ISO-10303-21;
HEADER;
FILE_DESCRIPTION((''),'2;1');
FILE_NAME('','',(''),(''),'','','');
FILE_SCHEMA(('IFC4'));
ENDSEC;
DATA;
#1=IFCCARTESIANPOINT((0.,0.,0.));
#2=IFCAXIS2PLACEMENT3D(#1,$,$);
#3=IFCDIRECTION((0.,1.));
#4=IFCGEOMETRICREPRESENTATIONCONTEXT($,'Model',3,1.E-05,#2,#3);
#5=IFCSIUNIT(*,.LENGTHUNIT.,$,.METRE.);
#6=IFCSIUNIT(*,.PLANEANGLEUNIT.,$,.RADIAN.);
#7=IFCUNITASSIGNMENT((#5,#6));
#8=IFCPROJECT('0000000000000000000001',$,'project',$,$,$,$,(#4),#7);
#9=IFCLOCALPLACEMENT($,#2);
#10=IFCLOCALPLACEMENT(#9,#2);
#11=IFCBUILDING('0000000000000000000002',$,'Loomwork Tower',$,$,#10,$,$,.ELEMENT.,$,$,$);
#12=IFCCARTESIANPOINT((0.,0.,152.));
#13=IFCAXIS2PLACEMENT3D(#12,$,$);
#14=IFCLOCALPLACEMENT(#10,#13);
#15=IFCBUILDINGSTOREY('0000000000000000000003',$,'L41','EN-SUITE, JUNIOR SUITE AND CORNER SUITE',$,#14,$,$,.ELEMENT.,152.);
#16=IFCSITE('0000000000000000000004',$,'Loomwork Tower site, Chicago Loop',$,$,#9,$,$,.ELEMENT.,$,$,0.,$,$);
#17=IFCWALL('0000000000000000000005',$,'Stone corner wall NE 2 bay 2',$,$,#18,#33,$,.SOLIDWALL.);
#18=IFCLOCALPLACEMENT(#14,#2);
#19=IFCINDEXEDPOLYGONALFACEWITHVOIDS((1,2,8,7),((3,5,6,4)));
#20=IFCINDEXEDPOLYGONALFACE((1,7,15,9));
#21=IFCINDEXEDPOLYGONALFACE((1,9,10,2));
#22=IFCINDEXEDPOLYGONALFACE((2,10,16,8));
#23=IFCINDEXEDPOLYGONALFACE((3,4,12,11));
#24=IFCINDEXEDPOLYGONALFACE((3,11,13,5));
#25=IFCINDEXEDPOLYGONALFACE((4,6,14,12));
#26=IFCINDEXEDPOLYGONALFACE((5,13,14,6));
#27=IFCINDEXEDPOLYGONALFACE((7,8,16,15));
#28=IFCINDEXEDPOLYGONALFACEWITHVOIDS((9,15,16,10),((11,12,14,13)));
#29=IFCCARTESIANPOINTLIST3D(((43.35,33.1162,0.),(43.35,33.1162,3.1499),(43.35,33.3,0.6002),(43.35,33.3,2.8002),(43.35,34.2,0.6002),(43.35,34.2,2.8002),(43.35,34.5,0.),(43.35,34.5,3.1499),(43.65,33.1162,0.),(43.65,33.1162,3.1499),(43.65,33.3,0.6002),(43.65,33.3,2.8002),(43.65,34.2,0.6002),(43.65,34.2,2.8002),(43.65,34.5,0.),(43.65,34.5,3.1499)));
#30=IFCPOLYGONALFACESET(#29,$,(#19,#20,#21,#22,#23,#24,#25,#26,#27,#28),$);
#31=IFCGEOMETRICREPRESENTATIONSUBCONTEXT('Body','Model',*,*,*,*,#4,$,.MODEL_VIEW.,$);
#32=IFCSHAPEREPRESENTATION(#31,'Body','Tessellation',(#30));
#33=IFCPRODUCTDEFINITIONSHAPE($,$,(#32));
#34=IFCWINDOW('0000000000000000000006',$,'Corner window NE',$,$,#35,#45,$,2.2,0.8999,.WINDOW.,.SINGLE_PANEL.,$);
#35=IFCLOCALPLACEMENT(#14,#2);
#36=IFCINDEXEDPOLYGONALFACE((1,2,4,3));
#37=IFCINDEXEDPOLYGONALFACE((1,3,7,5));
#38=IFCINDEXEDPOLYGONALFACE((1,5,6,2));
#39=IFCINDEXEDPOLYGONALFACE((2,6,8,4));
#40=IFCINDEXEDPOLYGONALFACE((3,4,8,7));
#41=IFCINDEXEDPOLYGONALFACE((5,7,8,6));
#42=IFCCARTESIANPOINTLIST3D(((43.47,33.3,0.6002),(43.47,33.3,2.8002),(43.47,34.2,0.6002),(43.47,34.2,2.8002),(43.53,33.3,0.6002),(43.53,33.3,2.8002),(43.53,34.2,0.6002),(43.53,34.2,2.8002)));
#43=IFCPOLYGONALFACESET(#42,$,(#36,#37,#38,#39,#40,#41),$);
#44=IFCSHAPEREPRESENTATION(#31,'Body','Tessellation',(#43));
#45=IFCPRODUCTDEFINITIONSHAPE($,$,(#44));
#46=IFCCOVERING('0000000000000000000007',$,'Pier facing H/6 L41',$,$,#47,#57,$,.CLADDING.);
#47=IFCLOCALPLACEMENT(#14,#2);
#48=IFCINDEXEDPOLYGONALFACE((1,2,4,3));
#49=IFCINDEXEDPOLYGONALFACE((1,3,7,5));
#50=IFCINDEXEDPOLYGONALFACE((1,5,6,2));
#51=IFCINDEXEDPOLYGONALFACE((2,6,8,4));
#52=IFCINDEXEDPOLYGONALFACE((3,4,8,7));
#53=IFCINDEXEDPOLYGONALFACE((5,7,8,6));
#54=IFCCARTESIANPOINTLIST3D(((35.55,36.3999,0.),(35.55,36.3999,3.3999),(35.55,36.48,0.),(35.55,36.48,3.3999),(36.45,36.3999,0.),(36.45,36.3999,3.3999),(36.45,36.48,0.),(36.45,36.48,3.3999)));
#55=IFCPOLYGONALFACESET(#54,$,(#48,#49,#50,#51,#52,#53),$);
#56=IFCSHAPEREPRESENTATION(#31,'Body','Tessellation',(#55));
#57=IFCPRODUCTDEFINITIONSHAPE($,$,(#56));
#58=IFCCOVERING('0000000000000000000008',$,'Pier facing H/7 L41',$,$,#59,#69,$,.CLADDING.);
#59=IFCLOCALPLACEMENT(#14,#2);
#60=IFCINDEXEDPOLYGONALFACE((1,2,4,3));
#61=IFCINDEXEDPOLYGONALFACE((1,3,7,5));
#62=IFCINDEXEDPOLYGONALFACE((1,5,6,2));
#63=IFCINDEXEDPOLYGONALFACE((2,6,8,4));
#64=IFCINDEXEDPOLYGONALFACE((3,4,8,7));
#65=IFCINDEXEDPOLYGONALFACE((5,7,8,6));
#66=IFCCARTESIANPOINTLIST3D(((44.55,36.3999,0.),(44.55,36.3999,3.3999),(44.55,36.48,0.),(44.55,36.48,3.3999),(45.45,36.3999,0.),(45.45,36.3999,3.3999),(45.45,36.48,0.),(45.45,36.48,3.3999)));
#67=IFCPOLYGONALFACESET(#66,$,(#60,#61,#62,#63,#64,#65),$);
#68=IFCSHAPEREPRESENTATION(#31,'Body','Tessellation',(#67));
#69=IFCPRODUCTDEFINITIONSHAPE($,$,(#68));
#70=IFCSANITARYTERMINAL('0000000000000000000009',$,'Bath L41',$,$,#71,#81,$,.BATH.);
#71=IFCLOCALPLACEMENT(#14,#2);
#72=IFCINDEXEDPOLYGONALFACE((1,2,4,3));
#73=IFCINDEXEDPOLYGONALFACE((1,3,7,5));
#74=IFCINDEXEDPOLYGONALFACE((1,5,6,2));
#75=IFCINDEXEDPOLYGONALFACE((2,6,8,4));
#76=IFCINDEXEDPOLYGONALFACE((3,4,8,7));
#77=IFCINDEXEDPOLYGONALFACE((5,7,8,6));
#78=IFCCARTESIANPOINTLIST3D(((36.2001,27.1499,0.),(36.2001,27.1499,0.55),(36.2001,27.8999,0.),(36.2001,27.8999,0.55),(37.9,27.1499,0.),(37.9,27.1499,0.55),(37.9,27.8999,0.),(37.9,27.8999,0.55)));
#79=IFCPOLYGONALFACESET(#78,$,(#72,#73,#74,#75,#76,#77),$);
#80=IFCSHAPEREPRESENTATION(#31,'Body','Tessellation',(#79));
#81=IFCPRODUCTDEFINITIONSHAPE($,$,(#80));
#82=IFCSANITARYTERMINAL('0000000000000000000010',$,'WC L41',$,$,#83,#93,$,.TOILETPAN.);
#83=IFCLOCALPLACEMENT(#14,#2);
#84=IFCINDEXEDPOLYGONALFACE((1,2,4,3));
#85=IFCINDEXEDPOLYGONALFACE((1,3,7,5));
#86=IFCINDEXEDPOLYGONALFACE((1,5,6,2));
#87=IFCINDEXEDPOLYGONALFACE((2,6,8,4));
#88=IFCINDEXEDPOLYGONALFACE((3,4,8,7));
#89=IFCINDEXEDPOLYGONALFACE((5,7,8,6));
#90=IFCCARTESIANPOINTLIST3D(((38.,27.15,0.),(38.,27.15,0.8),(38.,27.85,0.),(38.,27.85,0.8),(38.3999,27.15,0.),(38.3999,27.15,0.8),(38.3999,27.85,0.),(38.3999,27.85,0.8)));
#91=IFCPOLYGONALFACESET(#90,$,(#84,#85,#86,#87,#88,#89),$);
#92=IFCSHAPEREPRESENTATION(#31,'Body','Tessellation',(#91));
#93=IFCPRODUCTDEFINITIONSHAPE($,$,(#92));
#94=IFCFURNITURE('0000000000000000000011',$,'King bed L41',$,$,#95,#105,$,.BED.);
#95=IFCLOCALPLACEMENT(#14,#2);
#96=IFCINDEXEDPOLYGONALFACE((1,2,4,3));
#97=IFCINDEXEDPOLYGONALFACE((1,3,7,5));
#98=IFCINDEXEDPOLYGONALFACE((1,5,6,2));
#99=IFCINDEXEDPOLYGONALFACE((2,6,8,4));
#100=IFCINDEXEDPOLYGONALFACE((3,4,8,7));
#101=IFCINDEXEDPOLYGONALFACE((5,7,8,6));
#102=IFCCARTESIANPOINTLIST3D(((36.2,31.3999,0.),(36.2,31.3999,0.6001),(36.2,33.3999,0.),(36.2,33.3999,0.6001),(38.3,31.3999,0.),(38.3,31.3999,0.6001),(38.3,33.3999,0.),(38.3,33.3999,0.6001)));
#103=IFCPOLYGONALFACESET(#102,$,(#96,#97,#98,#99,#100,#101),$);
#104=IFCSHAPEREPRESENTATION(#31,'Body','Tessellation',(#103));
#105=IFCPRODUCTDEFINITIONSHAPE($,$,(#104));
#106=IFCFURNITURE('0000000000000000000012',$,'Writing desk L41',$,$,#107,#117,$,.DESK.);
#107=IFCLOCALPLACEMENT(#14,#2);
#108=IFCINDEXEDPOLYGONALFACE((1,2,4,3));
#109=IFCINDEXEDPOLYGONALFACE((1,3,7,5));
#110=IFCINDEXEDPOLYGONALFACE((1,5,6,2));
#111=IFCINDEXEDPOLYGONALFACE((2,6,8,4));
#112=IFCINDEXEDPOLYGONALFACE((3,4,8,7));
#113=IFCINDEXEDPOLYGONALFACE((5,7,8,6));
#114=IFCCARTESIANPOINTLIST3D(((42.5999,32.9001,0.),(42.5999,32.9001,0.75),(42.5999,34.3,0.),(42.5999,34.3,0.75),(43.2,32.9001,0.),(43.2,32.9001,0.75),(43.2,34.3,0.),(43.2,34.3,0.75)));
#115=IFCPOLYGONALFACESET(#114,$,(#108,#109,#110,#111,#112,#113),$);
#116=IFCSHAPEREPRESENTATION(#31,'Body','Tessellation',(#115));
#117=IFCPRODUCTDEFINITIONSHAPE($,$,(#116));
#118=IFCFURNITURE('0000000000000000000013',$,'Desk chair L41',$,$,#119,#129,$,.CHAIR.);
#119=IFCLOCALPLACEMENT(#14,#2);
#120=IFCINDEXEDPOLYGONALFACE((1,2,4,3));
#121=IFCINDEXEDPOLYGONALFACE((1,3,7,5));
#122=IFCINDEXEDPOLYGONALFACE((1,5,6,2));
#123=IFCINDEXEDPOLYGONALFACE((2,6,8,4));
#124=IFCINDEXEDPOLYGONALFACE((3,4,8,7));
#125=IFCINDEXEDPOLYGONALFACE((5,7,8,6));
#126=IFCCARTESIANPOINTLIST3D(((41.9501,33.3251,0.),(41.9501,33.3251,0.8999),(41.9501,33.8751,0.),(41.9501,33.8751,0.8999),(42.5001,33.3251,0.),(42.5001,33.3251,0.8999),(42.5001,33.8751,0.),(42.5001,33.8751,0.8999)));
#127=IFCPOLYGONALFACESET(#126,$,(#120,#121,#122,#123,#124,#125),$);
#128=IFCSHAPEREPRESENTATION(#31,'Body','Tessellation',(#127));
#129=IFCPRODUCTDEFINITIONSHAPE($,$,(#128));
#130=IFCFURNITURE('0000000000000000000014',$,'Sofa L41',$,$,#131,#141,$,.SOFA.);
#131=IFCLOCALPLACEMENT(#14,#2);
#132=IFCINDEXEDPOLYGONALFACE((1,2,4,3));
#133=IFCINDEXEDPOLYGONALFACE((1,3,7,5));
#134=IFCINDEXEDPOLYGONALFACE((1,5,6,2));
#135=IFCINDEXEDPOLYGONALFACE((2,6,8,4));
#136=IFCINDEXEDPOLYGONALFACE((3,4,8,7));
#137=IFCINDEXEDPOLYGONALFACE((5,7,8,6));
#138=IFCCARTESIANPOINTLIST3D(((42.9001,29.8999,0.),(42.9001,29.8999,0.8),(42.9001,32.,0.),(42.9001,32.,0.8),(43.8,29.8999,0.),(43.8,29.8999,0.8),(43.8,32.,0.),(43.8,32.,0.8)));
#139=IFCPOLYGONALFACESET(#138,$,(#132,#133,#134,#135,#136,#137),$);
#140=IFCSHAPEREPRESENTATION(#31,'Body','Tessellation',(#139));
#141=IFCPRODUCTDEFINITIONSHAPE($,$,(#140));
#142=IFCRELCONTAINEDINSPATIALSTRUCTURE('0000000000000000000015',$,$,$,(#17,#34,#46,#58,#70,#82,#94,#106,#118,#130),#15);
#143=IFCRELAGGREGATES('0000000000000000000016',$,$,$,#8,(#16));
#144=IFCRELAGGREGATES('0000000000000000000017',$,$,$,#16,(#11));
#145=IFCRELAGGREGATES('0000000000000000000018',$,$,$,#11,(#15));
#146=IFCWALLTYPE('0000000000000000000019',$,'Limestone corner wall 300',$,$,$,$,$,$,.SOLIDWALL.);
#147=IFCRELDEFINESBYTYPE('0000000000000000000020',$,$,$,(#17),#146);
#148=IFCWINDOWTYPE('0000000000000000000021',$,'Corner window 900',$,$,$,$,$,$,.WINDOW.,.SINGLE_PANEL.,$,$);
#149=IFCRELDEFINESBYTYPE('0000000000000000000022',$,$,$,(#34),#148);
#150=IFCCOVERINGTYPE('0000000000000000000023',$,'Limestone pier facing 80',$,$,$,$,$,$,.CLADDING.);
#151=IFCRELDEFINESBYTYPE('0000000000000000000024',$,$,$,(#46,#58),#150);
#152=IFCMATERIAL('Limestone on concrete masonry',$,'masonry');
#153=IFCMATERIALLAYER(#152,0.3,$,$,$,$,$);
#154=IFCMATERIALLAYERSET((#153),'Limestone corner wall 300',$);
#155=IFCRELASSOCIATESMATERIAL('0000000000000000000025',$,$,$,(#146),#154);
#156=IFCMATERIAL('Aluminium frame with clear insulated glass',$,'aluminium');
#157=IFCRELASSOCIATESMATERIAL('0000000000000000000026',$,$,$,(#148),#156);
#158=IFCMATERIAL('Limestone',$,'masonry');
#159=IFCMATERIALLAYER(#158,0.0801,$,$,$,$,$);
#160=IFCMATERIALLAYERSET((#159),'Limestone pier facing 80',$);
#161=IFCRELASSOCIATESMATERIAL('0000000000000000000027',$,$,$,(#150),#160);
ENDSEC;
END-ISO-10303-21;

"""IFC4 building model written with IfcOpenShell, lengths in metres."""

from ifc_helpers import new_model, si_unit, direction, frame, frame_2d, origin, origin_2d, place, context, subcontext, project, spatial, rectangle, extrude, material, layer, layer_set, type_object, element, fill, save


model = new_model("IFC4")

# Units and contexts
model_context = context("Model", 3, precision=1e-05, world=origin(), true_north=direction((0.0, 1.0)))
body_context = subcontext(model_context, "Body", "Model", "MODEL_VIEW")
ifc_project = project(units=[si_unit("LENGTHUNIT", "METRE"), si_unit("PLANEANGLEUNIT", "RADIAN")], contexts=[model_context])

# Site, building, storey
site_placement = place(None, origin())
site = spatial("IfcSite", under=ifc_project, at=site_placement, Name="Loomwork Tower site, Chicago Loop", CompositionType="ELEMENT", RefElevation=0.0)
building_placement = place(site_placement, origin())
building = spatial("IfcBuilding", under=site, at=building_placement, Name="Loomwork Tower", CompositionType="ELEMENT")
storey_placement = place(building_placement, frame((0.0, 0.0, 152.0)))
storey = spatial("IfcBuildingStorey", under=building, at=storey_placement, Name="L41", Description="EN-SUITE, JUNIOR SUITE AND CORNER SUITE", CompositionType="ELEMENT", Elevation=152.0)

# Shared definitions
ifc_material_1 = material(Name="Limestone on concrete masonry", Category="masonry")
ifc_layer_1 = layer(ifc_material_1, 0.3)
ifc_layer_set_1 = layer_set([ifc_layer_1], Name="Limestone corner wall 300")
wall_type_1 = type_object("IfcWallType", Name="Limestone corner wall 300", PredefinedType="SOLIDWALL", material=ifc_layer_set_1)

# Shared definitions
ifc_material_2 = material(Name="Aluminium frame with clear insulated glass", Category="aluminium")
window_type_1 = type_object("IfcWindowType", Name="Corner window 900", PartitioningType="SINGLE_PANEL", PredefinedType="WINDOW", material=ifc_material_2)

# Wall, opening, window
wall_1_placement = place(storey_placement, frame((43.5, 33.1162, 0.0), z_axis=(0.0, 0.0, 1.0), x_axis=(0.0, 1.0, 0.0)))
wall_1 = element("IfcWall", 1, at=wall_1_placement, inside=storey, type_object=wall_type_1, Name="Stone corner wall NE 2 bay 2", PredefinedType="SOLIDWALL", context=body_context, shape_type="SweptSolid", body=[
    extrude(rectangle(XDim=1.3838, YDim=0.3, at=frame_2d((0.6919, 0.0))), origin(), (0.0, 0.0, 1.0), 3.1499),
])
opening_1_placement = place(wall_1_placement, frame((0.1838, 0.0, 0.6001)))
opening_1 = element("IfcOpeningElement", 2, at=opening_1_placement, cuts=wall_1, PredefinedType="OPENING", context=body_context, shape_type="SweptSolid", body=[
    extrude(rectangle(XDim=0.8999, YDim=2.2, at=frame_2d((0.45, 1.1001))), frame((0.0, 0.1599, 0.0), z_axis=(0.0, -1.0, 0.0), x_axis=(1.0, 0.0, 0.0)), (0.0, 0.0, 1.0), 0.3201),
])
window_1_placement = place(opening_1_placement, origin())
window_1 = element("IfcWindow", 3, at=window_1_placement, inside=storey, type_object=window_type_1, Name="Corner window NE", OverallHeight=2.2, OverallWidth=0.8999, PartitioningType="SINGLE_PANEL", PredefinedType="WINDOW", context=body_context, shape_type="SweptSolid", body=[
    extrude(rectangle(XDim=0.8999, YDim=2.2, at=frame_2d((0.45, 1.1001))), frame((0.0, 0.03, 0.0), z_axis=(0.0, -1.0, 0.0), x_axis=(1.0, 0.0, 0.0)), (0.0, 0.0, 1.0), 0.0601),
])
fill(opening_1, window_1)

# Coverings
ifc_material_3 = material(Name="Limestone", Category="masonry")
ifc_layer_2 = layer(ifc_material_3, 0.0801)
ifc_layer_set_2 = layer_set([ifc_layer_2], Name="Limestone pier facing 80")
covering_type = type_object("IfcCoveringType", Name="Limestone pier facing 80", PredefinedType="CLADDING", material=ifc_layer_set_2)
for number, where, z_axis, x_axis, name in (
    (4, (36.0, 36.4399, 0.0), (0.0, 0.0, 1.0), (1.0, 0.0, 0.0), "Pier facing H/6 L41"),
    (5, (45.0, 36.4399, 0.0), (0.0, 0.0, 1.0), (1.0, 0.0, 0.0), "Pier facing H/7 L41"),
):
    element("IfcCovering", number, at=place(storey_placement, frame(where, z_axis=z_axis, x_axis=x_axis)), inside=storey, type_object=covering_type, Name=name, PredefinedType="CLADDING", context=body_context, shape_type="SweptSolid", body=[
        extrude(rectangle(XDim=0.8999, YDim=0.0801, at=origin_2d()), origin(), (0.0, 0.0, 1.0), 3.3999),
    ])

# Sanitary terminals
sanitary_terminal_1_placement = place(storey_placement, frame((37.05, 27.5249, 0.0), z_axis=(0.0, 0.0, 1.0), x_axis=(1.0, 0.0, 0.0)))
element("IfcSanitaryTerminal", 6, at=sanitary_terminal_1_placement, inside=storey, Name="Bath L41", PredefinedType="BATH", context=body_context, shape_type="SweptSolid", body=[
    extrude(rectangle(XDim=1.7, YDim=0.75, at=origin_2d()), origin(), (0.0, 0.0, 1.0), 0.55),
])
sanitary_terminal_2_placement = place(storey_placement, frame((38.2, 27.5, 0.0), z_axis=(0.0, 0.0, 1.0), x_axis=(1.0, 0.0, 0.0)))
element("IfcSanitaryTerminal", 7, at=sanitary_terminal_2_placement, inside=storey, Name="WC L41", PredefinedType="TOILETPAN", context=body_context, shape_type="SweptSolid", body=[
    extrude(rectangle(XDim=0.3999, YDim=0.7, at=origin_2d()), origin(), (0.0, 0.0, 1.0), 0.8),
])

# Furniture
furniture_1_placement = place(storey_placement, frame((37.25, 32.3999, 0.0), z_axis=(0.0, 0.0, 1.0), x_axis=(1.0, 0.0, 0.0)))
element("IfcFurniture", 8, at=furniture_1_placement, inside=storey, Name="King bed L41", PredefinedType="BED", context=body_context, shape_type="SweptSolid", body=[
    extrude(rectangle(XDim=2.1001, YDim=2.0, at=origin_2d()), origin(), (0.0, 0.0, 1.0), 0.6001),
])
furniture_2_placement = place(storey_placement, frame((42.8999, 33.6001, 0.0), z_axis=(0.0, 0.0, 1.0), x_axis=(1.0, 0.0, 0.0)))
element("IfcFurniture", 9, at=furniture_2_placement, inside=storey, Name="Writing desk L41", PredefinedType="DESK", context=body_context, shape_type="SweptSolid", body=[
    extrude(rectangle(XDim=0.6001, YDim=1.3999, at=origin_2d()), origin(), (0.0, 0.0, 1.0), 0.75),
])
furniture_3_placement = place(storey_placement, frame((42.2251, 33.6001, 0.0), z_axis=(0.0, 0.0, 1.0), x_axis=(1.0, 0.0, 0.0)))
element("IfcFurniture", 10, at=furniture_3_placement, inside=storey, Name="Desk chair L41", PredefinedType="CHAIR", context=body_context, shape_type="SweptSolid", body=[
    extrude(rectangle(XDim=0.55, YDim=0.55, at=origin_2d()), origin(), (0.0, 0.0, 1.0), 0.8999),
])
furniture_4_placement = place(storey_placement, frame((43.3501, 30.95, 0.0), z_axis=(0.0, 0.0, 1.0), x_axis=(1.0, 0.0, 0.0)))
element("IfcFurniture", 11, at=furniture_4_placement, inside=storey, Name="Sofa L41", PredefinedType="SOFA", context=body_context, shape_type="SweptSolid", body=[
    extrude(rectangle(XDim=0.8999, YDim=2.1001, at=origin_2d()), origin(), (0.0, 0.0, 1.0), 0.8),
])

save(model, "model.ifc")
